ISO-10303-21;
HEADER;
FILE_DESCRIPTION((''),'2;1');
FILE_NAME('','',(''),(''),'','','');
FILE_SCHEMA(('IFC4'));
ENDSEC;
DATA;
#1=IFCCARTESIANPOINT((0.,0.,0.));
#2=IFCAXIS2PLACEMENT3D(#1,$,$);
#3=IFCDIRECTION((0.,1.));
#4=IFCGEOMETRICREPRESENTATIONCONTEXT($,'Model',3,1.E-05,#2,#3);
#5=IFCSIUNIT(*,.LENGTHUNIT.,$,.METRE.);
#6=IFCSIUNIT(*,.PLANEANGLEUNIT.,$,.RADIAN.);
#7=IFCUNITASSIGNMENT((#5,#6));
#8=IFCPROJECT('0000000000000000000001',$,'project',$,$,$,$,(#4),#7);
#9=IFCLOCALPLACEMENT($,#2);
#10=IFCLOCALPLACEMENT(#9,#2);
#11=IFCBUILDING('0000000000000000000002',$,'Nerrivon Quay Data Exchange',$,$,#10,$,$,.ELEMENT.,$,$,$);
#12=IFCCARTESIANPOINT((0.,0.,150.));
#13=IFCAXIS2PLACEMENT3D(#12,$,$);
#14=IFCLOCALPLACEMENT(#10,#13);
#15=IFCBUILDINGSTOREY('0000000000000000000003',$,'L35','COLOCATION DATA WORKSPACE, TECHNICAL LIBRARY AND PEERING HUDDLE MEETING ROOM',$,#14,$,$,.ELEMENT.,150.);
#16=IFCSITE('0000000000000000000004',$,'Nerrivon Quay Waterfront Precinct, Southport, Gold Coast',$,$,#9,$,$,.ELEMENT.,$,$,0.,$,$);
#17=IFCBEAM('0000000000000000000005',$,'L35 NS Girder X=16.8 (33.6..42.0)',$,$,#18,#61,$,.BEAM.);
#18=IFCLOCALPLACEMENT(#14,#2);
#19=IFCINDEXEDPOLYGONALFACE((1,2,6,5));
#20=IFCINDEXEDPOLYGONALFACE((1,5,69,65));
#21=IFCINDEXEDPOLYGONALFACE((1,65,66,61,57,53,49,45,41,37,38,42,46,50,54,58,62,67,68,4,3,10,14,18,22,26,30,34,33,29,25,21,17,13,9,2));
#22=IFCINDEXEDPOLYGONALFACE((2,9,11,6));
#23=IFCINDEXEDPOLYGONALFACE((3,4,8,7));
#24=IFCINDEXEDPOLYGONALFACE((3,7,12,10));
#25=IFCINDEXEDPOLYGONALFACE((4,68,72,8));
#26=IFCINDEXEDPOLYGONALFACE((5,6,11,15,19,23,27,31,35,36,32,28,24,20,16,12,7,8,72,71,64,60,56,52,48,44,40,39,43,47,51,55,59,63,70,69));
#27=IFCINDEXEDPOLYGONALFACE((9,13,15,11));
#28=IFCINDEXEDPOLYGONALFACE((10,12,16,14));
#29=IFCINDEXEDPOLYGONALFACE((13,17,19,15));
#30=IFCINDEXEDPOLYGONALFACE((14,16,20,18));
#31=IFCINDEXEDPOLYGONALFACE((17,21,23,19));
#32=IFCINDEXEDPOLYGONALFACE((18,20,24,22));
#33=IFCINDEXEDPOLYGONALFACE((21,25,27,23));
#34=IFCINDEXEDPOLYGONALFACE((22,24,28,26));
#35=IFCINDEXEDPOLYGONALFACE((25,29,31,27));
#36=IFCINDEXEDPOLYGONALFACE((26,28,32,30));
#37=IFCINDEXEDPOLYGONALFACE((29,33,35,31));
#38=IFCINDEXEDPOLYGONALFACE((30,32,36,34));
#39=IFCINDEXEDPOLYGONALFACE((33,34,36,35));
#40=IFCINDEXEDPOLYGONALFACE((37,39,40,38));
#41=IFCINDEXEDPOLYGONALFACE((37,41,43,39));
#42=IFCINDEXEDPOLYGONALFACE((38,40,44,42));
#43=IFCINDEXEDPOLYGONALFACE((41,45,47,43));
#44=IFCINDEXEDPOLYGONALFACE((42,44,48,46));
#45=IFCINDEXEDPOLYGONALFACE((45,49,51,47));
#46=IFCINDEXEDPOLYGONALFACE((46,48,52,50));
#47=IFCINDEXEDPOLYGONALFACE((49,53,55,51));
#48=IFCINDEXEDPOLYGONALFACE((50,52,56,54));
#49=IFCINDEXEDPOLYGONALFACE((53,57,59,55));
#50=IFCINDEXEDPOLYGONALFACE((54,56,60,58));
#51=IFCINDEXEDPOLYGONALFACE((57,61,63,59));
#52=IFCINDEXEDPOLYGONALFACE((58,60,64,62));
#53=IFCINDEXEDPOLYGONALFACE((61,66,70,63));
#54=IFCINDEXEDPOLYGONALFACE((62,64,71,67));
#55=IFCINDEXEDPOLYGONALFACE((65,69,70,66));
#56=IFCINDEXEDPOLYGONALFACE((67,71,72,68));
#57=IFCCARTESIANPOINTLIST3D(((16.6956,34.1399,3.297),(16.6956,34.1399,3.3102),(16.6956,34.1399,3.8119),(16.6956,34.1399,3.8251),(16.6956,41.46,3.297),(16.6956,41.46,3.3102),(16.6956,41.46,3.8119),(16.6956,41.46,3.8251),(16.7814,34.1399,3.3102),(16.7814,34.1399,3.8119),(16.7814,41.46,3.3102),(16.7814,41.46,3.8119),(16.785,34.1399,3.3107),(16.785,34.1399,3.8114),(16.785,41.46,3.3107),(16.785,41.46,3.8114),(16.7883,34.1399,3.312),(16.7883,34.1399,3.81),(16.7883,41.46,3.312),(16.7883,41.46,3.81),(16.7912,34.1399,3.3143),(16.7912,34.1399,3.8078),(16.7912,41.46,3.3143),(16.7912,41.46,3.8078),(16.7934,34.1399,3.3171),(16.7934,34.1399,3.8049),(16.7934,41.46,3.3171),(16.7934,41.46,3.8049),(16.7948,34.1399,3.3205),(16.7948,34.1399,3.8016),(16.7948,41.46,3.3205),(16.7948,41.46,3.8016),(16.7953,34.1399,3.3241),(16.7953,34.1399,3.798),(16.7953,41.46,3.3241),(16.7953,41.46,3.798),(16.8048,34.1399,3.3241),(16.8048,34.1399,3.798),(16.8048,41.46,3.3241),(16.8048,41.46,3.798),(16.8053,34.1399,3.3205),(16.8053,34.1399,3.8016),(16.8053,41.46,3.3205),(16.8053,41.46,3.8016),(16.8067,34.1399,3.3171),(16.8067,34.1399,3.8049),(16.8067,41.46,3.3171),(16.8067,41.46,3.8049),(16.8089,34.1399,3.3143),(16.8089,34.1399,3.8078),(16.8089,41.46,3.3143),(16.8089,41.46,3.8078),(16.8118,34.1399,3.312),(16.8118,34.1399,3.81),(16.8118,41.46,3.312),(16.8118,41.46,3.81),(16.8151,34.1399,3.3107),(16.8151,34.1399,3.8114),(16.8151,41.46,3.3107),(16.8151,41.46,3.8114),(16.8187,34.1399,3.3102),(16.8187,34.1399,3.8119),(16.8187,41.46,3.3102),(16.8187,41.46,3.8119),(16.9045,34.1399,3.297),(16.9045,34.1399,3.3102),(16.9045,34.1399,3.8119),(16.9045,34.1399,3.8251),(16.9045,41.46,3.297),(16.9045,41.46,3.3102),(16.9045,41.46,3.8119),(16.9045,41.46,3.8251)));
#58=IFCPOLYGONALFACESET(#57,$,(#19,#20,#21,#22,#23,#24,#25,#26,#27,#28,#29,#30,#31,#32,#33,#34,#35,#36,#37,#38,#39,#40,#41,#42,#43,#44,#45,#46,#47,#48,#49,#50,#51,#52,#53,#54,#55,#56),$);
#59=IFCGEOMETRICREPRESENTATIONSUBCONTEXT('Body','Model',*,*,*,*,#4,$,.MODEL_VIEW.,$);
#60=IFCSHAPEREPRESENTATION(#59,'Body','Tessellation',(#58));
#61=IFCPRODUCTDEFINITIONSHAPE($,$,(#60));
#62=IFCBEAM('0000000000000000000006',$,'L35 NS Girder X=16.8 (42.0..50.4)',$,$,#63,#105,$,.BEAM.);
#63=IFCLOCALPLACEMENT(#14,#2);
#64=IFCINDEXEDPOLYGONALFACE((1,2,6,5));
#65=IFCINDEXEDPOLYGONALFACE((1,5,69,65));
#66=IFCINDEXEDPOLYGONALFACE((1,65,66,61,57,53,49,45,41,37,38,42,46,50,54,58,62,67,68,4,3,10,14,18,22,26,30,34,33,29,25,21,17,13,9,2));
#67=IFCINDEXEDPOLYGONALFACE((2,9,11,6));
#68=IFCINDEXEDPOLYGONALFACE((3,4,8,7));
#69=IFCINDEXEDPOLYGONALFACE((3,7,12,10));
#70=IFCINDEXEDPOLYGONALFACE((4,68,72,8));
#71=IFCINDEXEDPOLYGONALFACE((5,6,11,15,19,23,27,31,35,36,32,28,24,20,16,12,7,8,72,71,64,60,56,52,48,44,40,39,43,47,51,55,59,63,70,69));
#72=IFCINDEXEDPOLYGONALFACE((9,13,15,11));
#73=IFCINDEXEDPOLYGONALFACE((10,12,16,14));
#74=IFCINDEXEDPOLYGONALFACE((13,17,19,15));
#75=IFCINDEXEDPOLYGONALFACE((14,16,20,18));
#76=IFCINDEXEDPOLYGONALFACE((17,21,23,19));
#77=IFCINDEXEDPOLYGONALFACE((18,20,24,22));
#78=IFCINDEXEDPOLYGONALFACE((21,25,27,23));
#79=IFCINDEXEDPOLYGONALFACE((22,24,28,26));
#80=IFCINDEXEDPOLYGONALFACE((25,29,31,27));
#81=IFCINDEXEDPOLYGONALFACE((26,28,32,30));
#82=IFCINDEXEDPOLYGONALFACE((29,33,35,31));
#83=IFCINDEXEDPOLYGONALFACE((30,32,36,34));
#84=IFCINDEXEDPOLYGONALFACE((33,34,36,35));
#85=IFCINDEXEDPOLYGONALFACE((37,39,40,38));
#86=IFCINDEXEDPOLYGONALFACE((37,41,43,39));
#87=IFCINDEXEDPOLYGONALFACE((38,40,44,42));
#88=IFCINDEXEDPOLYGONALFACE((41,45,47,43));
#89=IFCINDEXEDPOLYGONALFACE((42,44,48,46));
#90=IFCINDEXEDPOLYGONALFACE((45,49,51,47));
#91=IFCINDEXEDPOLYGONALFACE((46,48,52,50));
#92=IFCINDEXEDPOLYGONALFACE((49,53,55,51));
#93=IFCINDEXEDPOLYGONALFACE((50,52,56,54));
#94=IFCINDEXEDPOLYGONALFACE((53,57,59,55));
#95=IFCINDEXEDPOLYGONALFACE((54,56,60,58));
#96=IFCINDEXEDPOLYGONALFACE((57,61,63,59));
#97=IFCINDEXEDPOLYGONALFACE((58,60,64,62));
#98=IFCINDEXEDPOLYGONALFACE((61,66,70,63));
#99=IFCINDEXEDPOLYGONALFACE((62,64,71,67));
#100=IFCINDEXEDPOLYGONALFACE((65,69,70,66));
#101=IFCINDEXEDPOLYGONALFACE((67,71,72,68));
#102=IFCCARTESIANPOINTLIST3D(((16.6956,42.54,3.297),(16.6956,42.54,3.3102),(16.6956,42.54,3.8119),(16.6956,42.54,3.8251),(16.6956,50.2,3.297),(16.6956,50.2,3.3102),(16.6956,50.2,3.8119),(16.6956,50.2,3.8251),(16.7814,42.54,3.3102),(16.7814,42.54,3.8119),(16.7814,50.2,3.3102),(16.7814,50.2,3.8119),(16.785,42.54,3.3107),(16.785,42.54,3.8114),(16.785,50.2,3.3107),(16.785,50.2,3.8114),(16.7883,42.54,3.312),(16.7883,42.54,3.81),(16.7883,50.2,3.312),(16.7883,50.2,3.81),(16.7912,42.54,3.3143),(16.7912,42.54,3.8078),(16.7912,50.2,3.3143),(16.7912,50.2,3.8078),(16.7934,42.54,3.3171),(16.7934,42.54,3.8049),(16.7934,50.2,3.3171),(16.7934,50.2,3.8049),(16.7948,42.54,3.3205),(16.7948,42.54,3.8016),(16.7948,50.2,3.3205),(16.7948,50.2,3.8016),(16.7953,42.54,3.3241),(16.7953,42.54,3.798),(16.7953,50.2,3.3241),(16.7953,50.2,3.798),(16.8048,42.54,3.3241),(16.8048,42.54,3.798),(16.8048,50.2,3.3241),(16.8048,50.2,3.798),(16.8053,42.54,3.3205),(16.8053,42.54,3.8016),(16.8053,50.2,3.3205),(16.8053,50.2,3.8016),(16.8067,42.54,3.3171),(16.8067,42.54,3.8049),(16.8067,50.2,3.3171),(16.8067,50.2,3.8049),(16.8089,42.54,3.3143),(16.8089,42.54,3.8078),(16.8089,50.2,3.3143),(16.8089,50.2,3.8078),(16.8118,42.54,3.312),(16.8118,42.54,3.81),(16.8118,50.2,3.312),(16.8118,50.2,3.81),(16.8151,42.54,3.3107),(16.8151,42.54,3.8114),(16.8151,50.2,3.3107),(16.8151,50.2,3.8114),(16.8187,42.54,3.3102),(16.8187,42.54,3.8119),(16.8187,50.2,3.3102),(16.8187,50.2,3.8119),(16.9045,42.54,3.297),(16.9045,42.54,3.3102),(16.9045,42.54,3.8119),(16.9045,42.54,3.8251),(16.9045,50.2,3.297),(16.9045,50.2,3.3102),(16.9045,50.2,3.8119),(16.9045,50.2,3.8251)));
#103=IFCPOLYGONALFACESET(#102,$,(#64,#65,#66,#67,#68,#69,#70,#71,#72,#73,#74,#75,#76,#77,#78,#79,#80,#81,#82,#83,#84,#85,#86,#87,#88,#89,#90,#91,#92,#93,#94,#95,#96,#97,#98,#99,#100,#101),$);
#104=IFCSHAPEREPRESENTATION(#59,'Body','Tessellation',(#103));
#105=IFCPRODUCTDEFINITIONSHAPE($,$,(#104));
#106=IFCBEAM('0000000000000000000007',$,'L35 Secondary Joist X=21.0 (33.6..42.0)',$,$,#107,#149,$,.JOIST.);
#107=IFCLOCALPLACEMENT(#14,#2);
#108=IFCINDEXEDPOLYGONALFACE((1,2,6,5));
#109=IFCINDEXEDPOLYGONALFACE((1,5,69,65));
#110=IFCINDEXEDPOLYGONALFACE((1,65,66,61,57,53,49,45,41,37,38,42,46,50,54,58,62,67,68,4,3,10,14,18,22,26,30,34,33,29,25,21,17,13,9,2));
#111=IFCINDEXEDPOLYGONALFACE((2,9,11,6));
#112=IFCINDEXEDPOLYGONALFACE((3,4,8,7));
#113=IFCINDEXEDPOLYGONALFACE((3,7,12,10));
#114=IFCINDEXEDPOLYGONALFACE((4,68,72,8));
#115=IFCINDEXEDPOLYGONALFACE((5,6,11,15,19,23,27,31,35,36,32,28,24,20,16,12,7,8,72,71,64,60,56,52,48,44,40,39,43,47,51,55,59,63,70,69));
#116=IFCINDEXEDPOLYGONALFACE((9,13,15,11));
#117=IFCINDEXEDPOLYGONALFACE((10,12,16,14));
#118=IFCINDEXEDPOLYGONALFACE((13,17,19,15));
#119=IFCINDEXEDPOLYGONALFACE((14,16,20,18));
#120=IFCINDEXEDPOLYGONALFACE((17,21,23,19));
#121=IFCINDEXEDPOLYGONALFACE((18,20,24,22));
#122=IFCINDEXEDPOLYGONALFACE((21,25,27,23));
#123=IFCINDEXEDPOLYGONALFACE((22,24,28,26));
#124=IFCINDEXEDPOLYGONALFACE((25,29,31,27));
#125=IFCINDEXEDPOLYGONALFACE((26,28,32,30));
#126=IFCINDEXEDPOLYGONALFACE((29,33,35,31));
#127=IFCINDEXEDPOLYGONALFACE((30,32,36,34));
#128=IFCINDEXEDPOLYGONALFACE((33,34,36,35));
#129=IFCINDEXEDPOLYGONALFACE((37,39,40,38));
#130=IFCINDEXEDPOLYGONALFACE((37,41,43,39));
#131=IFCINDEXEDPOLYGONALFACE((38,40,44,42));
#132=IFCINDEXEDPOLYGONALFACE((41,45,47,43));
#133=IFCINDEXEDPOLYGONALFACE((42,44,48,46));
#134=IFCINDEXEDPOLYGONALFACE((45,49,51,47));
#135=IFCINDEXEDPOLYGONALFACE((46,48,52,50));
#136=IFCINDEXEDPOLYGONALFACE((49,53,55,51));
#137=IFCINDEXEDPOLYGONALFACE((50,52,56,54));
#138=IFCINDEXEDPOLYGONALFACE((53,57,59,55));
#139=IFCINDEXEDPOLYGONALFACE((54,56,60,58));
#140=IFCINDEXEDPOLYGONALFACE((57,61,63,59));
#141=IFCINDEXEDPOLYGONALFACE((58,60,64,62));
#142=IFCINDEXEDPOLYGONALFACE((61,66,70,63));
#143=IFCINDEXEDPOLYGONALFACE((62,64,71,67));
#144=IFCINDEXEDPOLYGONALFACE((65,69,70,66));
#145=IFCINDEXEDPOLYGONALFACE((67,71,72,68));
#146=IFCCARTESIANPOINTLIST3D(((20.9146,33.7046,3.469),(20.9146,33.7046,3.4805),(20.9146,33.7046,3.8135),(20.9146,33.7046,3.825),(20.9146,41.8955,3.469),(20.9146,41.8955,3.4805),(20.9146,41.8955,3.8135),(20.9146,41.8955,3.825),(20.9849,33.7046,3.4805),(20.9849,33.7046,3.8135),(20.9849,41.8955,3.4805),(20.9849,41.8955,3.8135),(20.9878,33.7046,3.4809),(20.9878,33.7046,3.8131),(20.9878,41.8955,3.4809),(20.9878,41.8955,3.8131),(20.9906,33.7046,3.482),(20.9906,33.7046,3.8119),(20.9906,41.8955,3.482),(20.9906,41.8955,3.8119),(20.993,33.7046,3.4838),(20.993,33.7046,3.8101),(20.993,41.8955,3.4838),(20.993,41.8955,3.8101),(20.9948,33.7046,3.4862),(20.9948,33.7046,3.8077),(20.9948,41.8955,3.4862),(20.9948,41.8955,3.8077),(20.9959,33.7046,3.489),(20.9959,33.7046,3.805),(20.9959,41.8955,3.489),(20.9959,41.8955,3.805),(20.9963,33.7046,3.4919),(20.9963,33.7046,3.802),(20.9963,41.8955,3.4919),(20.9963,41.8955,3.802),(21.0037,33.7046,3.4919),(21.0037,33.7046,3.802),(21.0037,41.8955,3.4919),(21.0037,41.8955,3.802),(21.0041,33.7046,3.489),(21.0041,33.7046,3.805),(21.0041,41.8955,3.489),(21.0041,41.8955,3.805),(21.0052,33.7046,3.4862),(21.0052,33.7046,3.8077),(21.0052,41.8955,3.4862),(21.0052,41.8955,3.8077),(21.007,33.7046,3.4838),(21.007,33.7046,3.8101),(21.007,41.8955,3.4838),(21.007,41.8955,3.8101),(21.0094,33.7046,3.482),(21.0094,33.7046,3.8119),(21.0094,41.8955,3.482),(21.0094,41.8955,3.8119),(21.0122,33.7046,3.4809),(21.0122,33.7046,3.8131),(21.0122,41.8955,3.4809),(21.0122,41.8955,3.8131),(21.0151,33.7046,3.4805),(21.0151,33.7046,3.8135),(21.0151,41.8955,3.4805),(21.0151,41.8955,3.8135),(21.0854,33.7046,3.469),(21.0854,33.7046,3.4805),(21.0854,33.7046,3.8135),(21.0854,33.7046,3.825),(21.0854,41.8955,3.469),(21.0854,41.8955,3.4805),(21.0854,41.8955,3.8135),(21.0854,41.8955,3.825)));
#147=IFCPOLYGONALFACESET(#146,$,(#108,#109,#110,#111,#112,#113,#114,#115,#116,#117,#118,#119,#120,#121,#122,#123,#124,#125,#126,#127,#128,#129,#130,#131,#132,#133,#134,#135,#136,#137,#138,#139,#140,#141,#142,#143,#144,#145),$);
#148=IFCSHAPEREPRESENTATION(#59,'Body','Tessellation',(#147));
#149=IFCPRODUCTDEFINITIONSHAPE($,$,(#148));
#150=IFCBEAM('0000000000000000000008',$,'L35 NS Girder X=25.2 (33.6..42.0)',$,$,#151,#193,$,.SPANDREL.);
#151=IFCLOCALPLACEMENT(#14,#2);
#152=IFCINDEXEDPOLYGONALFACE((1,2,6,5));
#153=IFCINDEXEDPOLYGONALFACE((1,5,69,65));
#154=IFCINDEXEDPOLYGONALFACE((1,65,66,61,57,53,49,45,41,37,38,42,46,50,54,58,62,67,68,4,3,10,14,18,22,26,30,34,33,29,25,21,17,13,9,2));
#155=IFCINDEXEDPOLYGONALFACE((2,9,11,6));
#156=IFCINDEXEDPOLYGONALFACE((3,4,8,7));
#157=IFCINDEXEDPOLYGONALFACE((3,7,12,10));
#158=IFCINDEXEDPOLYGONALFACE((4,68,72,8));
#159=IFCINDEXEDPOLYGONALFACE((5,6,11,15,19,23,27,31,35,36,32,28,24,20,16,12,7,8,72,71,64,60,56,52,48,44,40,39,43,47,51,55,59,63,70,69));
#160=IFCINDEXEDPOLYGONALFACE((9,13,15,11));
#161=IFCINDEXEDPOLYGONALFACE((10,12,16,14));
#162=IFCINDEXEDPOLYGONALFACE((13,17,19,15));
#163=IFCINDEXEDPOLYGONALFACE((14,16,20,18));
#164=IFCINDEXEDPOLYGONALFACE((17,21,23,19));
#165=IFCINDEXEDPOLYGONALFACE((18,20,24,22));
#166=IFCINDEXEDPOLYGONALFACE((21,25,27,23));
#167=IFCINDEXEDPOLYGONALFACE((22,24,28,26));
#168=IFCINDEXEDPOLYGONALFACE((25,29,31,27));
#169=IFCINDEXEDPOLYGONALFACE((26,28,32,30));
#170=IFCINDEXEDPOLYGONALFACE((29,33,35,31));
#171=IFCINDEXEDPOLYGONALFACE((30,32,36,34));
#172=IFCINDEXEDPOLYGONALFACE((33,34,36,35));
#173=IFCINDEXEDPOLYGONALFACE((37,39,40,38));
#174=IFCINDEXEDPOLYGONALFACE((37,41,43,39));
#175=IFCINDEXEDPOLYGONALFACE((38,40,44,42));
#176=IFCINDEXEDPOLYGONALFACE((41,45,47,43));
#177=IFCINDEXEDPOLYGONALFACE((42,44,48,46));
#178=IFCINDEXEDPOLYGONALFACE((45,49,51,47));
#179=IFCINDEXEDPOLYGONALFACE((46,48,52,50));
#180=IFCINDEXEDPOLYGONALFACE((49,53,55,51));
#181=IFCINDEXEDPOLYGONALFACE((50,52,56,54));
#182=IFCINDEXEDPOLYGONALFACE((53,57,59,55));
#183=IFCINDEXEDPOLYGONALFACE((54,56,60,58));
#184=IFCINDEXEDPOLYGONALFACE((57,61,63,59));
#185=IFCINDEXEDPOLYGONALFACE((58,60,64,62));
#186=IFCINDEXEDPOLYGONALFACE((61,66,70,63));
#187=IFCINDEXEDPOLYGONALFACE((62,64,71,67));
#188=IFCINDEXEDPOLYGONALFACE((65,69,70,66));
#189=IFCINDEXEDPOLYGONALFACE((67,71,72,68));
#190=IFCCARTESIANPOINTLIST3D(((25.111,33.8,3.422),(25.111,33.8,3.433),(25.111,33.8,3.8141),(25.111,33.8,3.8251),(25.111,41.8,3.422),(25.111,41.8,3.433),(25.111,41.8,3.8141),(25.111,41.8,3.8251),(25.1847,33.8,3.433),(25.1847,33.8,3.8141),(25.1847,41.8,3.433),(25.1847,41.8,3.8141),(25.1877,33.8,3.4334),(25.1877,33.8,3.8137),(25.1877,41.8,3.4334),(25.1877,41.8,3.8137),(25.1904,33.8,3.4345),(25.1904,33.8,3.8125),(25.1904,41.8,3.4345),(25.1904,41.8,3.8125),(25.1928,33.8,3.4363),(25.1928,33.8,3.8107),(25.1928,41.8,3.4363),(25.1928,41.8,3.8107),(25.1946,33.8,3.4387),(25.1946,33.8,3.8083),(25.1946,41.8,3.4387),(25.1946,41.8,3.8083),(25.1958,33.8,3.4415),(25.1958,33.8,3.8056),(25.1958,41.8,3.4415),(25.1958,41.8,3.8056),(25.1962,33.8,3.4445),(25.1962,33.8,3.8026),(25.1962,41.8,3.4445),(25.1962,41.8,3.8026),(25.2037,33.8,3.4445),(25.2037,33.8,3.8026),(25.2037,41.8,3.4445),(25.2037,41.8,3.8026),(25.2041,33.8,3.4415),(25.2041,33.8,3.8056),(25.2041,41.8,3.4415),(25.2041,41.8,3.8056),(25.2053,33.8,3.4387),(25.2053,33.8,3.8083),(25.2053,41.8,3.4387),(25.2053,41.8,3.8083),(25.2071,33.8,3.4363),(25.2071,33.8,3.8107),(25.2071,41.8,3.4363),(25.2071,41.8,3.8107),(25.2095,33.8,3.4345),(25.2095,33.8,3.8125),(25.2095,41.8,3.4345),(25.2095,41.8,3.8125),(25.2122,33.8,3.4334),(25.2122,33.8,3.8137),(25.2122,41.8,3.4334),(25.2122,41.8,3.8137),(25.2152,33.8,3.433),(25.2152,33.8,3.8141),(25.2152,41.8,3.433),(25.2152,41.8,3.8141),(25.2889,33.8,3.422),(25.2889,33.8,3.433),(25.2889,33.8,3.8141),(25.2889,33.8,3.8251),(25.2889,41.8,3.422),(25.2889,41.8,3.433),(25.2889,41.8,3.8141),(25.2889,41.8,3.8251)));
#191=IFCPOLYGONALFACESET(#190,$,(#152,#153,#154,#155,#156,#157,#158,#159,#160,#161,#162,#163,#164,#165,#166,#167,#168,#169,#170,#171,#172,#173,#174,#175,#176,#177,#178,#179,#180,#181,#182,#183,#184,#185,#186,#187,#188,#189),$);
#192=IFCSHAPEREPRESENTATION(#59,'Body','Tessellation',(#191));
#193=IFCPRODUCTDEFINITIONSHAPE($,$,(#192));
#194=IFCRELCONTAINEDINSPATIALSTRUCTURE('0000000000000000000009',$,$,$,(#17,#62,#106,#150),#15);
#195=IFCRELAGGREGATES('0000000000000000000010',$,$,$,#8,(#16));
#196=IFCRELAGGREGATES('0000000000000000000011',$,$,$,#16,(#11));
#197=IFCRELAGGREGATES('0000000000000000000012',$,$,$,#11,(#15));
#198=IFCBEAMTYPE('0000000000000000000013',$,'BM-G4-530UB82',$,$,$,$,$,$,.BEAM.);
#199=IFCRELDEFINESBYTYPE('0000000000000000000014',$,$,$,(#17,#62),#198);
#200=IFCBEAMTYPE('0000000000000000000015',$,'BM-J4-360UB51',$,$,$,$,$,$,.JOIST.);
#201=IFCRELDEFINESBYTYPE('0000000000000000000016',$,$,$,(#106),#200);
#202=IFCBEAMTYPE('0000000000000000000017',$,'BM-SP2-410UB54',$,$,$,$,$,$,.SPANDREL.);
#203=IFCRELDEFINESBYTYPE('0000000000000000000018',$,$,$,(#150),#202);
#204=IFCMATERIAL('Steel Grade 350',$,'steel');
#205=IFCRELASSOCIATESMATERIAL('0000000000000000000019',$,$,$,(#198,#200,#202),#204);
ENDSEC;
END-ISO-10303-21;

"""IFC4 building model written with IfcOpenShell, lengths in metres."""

from ifc_helpers import new_model, si_unit, direction, frame, origin, origin_2d, place, context, subcontext, project, spatial, i_section, extrude, material, material_profile, profile_set, type_object, element, save


model = new_model("IFC4")

# Units and contexts
model_context = context("Model", 3, precision=1e-05, world=origin(), true_north=direction((0.0, 1.0)))
body_context = subcontext(model_context, "Body", "Model", "MODEL_VIEW")
ifc_project = project(units=[si_unit("LENGTHUNIT", "METRE"), si_unit("PLANEANGLEUNIT", "RADIAN")], contexts=[model_context])

# Site, building, storey
site_placement = place(None, origin())
site = spatial("IfcSite", under=ifc_project, at=site_placement, Name="Nerrivon Quay Waterfront Precinct, Southport, Gold Coast", CompositionType="ELEMENT", RefElevation=0.0)
building_placement = place(site_placement, origin())
building = spatial("IfcBuilding", under=site, at=building_placement, Name="Nerrivon Quay Data Exchange", CompositionType="ELEMENT")
storey_placement = place(building_placement, frame((0.0, 0.0, 150.0)))
storey = spatial("IfcBuildingStorey", under=building, at=storey_placement, Name="L35", Description="COLOCATION DATA WORKSPACE, TECHNICAL LIBRARY AND PEERING HUDDLE MEETING ROOM", CompositionType="ELEMENT", Elevation=150.0)

# Shared definitions
ifc_material_1 = material(Name="Steel Grade 350", Category="steel")

# Beams
ifc_material_profile_1 = material_profile(ifc_material_1, i_section(OverallWidth=0.209, OverallDepth=0.5281, WebThickness=0.0095, FlangeThickness=0.0132, FilletRadius=0.0139, at=origin_2d()), Name="530UB82.0")
ifc_profile_set_1 = profile_set([ifc_material_profile_1], Name="Steel Grade 350")
beam_type_1 = type_object("IfcBeamType", Name="BM-G4-530UB82", PredefinedType="BEAM", material=ifc_profile_set_1)
beam_1_placement = place(storey_placement, frame((16.8, 34.1399, 3.561), z_axis=(0.0, 1.0, 0.0), x_axis=(-1.0, 0.0, 0.0)))
element("IfcBeam", 1, at=beam_1_placement, inside=storey, type_object=beam_type_1, Name="L35 NS Girder X=16.8 (33.6..42.0)", PredefinedType="BEAM", context=body_context, shape_type="SweptSolid", body=[
    extrude(i_section(OverallWidth=0.209, OverallDepth=0.5281, WebThickness=0.0095, FlangeThickness=0.0132, FilletRadius=0.0139, at=origin_2d()), origin(), (0.0, 0.0, 1.0), 7.3201),
])
beam_2_placement = place(storey_placement, frame((16.8, 42.54, 3.561), z_axis=(0.0, 1.0, 0.0), x_axis=(-1.0, 0.0, 0.0)))
element("IfcBeam", 2, at=beam_2_placement, inside=storey, type_object=beam_type_1, Name="L35 NS Girder X=16.8 (42.0..50.4)", PredefinedType="BEAM", context=body_context, shape_type="SweptSolid", body=[
    extrude(i_section(OverallWidth=0.209, OverallDepth=0.5281, WebThickness=0.0095, FlangeThickness=0.0132, FilletRadius=0.0139, at=origin_2d()), origin(), (0.0, 0.0, 1.0), 7.6599),
])
ifc_material_profile_2 = material_profile(ifc_material_1, i_section(OverallWidth=0.1709, OverallDepth=0.356, WebThickness=0.0073, FlangeThickness=0.0115, FilletRadius=0.0115, at=origin_2d()), Name="360UB50.7")
ifc_profile_set_2 = profile_set([ifc_material_profile_2], Name="Steel Grade 350")
beam_type_2 = type_object("IfcBeamType", Name="BM-J4-360UB51", PredefinedType="JOIST", material=ifc_profile_set_2)
beam_3_placement = place(storey_placement, frame((21.0, 33.7046, 3.647), z_axis=(0.0, 1.0, 0.0), x_axis=(-1.0, 0.0, 0.0)))
element("IfcBeam", 3, at=beam_3_placement, inside=storey, type_object=beam_type_2, Name="L35 Secondary Joist X=21.0 (33.6..42.0)", PredefinedType="JOIST", context=body_context, shape_type="SweptSolid", body=[
    extrude(i_section(OverallWidth=0.1709, OverallDepth=0.356, WebThickness=0.0073, FlangeThickness=0.0115, FilletRadius=0.0115, at=origin_2d()), origin(), (0.0, 0.0, 1.0), 8.1909),
])
ifc_material_profile_3 = material_profile(ifc_material_1, i_section(OverallWidth=0.178, OverallDepth=0.4031, WebThickness=0.0076, FlangeThickness=0.011, FilletRadius=0.0115, at=origin_2d()), Name="410UB53.7")
ifc_profile_set_3 = profile_set([ifc_material_profile_3], Name="Steel Grade 350")
beam_type_3 = type_object("IfcBeamType", Name="BM-SP2-410UB54", PredefinedType="SPANDREL", material=ifc_profile_set_3)
beam_4_placement = place(storey_placement, frame((25.2, 33.8, 3.6235), z_axis=(0.0, 1.0, 0.0), x_axis=(-1.0, 0.0, 0.0)))
element("IfcBeam", 4, at=beam_4_placement, inside=storey, type_object=beam_type_3, Name="L35 NS Girder X=25.2 (33.6..42.0)", PredefinedType="SPANDREL", context=body_context, shape_type="SweptSolid", body=[
    extrude(i_section(OverallWidth=0.178, OverallDepth=0.4031, WebThickness=0.0076, FlangeThickness=0.011, FilletRadius=0.0115, at=origin_2d()), origin(), (0.0, 0.0, 1.0), 8.0),
])

save(model, "model.ifc")
